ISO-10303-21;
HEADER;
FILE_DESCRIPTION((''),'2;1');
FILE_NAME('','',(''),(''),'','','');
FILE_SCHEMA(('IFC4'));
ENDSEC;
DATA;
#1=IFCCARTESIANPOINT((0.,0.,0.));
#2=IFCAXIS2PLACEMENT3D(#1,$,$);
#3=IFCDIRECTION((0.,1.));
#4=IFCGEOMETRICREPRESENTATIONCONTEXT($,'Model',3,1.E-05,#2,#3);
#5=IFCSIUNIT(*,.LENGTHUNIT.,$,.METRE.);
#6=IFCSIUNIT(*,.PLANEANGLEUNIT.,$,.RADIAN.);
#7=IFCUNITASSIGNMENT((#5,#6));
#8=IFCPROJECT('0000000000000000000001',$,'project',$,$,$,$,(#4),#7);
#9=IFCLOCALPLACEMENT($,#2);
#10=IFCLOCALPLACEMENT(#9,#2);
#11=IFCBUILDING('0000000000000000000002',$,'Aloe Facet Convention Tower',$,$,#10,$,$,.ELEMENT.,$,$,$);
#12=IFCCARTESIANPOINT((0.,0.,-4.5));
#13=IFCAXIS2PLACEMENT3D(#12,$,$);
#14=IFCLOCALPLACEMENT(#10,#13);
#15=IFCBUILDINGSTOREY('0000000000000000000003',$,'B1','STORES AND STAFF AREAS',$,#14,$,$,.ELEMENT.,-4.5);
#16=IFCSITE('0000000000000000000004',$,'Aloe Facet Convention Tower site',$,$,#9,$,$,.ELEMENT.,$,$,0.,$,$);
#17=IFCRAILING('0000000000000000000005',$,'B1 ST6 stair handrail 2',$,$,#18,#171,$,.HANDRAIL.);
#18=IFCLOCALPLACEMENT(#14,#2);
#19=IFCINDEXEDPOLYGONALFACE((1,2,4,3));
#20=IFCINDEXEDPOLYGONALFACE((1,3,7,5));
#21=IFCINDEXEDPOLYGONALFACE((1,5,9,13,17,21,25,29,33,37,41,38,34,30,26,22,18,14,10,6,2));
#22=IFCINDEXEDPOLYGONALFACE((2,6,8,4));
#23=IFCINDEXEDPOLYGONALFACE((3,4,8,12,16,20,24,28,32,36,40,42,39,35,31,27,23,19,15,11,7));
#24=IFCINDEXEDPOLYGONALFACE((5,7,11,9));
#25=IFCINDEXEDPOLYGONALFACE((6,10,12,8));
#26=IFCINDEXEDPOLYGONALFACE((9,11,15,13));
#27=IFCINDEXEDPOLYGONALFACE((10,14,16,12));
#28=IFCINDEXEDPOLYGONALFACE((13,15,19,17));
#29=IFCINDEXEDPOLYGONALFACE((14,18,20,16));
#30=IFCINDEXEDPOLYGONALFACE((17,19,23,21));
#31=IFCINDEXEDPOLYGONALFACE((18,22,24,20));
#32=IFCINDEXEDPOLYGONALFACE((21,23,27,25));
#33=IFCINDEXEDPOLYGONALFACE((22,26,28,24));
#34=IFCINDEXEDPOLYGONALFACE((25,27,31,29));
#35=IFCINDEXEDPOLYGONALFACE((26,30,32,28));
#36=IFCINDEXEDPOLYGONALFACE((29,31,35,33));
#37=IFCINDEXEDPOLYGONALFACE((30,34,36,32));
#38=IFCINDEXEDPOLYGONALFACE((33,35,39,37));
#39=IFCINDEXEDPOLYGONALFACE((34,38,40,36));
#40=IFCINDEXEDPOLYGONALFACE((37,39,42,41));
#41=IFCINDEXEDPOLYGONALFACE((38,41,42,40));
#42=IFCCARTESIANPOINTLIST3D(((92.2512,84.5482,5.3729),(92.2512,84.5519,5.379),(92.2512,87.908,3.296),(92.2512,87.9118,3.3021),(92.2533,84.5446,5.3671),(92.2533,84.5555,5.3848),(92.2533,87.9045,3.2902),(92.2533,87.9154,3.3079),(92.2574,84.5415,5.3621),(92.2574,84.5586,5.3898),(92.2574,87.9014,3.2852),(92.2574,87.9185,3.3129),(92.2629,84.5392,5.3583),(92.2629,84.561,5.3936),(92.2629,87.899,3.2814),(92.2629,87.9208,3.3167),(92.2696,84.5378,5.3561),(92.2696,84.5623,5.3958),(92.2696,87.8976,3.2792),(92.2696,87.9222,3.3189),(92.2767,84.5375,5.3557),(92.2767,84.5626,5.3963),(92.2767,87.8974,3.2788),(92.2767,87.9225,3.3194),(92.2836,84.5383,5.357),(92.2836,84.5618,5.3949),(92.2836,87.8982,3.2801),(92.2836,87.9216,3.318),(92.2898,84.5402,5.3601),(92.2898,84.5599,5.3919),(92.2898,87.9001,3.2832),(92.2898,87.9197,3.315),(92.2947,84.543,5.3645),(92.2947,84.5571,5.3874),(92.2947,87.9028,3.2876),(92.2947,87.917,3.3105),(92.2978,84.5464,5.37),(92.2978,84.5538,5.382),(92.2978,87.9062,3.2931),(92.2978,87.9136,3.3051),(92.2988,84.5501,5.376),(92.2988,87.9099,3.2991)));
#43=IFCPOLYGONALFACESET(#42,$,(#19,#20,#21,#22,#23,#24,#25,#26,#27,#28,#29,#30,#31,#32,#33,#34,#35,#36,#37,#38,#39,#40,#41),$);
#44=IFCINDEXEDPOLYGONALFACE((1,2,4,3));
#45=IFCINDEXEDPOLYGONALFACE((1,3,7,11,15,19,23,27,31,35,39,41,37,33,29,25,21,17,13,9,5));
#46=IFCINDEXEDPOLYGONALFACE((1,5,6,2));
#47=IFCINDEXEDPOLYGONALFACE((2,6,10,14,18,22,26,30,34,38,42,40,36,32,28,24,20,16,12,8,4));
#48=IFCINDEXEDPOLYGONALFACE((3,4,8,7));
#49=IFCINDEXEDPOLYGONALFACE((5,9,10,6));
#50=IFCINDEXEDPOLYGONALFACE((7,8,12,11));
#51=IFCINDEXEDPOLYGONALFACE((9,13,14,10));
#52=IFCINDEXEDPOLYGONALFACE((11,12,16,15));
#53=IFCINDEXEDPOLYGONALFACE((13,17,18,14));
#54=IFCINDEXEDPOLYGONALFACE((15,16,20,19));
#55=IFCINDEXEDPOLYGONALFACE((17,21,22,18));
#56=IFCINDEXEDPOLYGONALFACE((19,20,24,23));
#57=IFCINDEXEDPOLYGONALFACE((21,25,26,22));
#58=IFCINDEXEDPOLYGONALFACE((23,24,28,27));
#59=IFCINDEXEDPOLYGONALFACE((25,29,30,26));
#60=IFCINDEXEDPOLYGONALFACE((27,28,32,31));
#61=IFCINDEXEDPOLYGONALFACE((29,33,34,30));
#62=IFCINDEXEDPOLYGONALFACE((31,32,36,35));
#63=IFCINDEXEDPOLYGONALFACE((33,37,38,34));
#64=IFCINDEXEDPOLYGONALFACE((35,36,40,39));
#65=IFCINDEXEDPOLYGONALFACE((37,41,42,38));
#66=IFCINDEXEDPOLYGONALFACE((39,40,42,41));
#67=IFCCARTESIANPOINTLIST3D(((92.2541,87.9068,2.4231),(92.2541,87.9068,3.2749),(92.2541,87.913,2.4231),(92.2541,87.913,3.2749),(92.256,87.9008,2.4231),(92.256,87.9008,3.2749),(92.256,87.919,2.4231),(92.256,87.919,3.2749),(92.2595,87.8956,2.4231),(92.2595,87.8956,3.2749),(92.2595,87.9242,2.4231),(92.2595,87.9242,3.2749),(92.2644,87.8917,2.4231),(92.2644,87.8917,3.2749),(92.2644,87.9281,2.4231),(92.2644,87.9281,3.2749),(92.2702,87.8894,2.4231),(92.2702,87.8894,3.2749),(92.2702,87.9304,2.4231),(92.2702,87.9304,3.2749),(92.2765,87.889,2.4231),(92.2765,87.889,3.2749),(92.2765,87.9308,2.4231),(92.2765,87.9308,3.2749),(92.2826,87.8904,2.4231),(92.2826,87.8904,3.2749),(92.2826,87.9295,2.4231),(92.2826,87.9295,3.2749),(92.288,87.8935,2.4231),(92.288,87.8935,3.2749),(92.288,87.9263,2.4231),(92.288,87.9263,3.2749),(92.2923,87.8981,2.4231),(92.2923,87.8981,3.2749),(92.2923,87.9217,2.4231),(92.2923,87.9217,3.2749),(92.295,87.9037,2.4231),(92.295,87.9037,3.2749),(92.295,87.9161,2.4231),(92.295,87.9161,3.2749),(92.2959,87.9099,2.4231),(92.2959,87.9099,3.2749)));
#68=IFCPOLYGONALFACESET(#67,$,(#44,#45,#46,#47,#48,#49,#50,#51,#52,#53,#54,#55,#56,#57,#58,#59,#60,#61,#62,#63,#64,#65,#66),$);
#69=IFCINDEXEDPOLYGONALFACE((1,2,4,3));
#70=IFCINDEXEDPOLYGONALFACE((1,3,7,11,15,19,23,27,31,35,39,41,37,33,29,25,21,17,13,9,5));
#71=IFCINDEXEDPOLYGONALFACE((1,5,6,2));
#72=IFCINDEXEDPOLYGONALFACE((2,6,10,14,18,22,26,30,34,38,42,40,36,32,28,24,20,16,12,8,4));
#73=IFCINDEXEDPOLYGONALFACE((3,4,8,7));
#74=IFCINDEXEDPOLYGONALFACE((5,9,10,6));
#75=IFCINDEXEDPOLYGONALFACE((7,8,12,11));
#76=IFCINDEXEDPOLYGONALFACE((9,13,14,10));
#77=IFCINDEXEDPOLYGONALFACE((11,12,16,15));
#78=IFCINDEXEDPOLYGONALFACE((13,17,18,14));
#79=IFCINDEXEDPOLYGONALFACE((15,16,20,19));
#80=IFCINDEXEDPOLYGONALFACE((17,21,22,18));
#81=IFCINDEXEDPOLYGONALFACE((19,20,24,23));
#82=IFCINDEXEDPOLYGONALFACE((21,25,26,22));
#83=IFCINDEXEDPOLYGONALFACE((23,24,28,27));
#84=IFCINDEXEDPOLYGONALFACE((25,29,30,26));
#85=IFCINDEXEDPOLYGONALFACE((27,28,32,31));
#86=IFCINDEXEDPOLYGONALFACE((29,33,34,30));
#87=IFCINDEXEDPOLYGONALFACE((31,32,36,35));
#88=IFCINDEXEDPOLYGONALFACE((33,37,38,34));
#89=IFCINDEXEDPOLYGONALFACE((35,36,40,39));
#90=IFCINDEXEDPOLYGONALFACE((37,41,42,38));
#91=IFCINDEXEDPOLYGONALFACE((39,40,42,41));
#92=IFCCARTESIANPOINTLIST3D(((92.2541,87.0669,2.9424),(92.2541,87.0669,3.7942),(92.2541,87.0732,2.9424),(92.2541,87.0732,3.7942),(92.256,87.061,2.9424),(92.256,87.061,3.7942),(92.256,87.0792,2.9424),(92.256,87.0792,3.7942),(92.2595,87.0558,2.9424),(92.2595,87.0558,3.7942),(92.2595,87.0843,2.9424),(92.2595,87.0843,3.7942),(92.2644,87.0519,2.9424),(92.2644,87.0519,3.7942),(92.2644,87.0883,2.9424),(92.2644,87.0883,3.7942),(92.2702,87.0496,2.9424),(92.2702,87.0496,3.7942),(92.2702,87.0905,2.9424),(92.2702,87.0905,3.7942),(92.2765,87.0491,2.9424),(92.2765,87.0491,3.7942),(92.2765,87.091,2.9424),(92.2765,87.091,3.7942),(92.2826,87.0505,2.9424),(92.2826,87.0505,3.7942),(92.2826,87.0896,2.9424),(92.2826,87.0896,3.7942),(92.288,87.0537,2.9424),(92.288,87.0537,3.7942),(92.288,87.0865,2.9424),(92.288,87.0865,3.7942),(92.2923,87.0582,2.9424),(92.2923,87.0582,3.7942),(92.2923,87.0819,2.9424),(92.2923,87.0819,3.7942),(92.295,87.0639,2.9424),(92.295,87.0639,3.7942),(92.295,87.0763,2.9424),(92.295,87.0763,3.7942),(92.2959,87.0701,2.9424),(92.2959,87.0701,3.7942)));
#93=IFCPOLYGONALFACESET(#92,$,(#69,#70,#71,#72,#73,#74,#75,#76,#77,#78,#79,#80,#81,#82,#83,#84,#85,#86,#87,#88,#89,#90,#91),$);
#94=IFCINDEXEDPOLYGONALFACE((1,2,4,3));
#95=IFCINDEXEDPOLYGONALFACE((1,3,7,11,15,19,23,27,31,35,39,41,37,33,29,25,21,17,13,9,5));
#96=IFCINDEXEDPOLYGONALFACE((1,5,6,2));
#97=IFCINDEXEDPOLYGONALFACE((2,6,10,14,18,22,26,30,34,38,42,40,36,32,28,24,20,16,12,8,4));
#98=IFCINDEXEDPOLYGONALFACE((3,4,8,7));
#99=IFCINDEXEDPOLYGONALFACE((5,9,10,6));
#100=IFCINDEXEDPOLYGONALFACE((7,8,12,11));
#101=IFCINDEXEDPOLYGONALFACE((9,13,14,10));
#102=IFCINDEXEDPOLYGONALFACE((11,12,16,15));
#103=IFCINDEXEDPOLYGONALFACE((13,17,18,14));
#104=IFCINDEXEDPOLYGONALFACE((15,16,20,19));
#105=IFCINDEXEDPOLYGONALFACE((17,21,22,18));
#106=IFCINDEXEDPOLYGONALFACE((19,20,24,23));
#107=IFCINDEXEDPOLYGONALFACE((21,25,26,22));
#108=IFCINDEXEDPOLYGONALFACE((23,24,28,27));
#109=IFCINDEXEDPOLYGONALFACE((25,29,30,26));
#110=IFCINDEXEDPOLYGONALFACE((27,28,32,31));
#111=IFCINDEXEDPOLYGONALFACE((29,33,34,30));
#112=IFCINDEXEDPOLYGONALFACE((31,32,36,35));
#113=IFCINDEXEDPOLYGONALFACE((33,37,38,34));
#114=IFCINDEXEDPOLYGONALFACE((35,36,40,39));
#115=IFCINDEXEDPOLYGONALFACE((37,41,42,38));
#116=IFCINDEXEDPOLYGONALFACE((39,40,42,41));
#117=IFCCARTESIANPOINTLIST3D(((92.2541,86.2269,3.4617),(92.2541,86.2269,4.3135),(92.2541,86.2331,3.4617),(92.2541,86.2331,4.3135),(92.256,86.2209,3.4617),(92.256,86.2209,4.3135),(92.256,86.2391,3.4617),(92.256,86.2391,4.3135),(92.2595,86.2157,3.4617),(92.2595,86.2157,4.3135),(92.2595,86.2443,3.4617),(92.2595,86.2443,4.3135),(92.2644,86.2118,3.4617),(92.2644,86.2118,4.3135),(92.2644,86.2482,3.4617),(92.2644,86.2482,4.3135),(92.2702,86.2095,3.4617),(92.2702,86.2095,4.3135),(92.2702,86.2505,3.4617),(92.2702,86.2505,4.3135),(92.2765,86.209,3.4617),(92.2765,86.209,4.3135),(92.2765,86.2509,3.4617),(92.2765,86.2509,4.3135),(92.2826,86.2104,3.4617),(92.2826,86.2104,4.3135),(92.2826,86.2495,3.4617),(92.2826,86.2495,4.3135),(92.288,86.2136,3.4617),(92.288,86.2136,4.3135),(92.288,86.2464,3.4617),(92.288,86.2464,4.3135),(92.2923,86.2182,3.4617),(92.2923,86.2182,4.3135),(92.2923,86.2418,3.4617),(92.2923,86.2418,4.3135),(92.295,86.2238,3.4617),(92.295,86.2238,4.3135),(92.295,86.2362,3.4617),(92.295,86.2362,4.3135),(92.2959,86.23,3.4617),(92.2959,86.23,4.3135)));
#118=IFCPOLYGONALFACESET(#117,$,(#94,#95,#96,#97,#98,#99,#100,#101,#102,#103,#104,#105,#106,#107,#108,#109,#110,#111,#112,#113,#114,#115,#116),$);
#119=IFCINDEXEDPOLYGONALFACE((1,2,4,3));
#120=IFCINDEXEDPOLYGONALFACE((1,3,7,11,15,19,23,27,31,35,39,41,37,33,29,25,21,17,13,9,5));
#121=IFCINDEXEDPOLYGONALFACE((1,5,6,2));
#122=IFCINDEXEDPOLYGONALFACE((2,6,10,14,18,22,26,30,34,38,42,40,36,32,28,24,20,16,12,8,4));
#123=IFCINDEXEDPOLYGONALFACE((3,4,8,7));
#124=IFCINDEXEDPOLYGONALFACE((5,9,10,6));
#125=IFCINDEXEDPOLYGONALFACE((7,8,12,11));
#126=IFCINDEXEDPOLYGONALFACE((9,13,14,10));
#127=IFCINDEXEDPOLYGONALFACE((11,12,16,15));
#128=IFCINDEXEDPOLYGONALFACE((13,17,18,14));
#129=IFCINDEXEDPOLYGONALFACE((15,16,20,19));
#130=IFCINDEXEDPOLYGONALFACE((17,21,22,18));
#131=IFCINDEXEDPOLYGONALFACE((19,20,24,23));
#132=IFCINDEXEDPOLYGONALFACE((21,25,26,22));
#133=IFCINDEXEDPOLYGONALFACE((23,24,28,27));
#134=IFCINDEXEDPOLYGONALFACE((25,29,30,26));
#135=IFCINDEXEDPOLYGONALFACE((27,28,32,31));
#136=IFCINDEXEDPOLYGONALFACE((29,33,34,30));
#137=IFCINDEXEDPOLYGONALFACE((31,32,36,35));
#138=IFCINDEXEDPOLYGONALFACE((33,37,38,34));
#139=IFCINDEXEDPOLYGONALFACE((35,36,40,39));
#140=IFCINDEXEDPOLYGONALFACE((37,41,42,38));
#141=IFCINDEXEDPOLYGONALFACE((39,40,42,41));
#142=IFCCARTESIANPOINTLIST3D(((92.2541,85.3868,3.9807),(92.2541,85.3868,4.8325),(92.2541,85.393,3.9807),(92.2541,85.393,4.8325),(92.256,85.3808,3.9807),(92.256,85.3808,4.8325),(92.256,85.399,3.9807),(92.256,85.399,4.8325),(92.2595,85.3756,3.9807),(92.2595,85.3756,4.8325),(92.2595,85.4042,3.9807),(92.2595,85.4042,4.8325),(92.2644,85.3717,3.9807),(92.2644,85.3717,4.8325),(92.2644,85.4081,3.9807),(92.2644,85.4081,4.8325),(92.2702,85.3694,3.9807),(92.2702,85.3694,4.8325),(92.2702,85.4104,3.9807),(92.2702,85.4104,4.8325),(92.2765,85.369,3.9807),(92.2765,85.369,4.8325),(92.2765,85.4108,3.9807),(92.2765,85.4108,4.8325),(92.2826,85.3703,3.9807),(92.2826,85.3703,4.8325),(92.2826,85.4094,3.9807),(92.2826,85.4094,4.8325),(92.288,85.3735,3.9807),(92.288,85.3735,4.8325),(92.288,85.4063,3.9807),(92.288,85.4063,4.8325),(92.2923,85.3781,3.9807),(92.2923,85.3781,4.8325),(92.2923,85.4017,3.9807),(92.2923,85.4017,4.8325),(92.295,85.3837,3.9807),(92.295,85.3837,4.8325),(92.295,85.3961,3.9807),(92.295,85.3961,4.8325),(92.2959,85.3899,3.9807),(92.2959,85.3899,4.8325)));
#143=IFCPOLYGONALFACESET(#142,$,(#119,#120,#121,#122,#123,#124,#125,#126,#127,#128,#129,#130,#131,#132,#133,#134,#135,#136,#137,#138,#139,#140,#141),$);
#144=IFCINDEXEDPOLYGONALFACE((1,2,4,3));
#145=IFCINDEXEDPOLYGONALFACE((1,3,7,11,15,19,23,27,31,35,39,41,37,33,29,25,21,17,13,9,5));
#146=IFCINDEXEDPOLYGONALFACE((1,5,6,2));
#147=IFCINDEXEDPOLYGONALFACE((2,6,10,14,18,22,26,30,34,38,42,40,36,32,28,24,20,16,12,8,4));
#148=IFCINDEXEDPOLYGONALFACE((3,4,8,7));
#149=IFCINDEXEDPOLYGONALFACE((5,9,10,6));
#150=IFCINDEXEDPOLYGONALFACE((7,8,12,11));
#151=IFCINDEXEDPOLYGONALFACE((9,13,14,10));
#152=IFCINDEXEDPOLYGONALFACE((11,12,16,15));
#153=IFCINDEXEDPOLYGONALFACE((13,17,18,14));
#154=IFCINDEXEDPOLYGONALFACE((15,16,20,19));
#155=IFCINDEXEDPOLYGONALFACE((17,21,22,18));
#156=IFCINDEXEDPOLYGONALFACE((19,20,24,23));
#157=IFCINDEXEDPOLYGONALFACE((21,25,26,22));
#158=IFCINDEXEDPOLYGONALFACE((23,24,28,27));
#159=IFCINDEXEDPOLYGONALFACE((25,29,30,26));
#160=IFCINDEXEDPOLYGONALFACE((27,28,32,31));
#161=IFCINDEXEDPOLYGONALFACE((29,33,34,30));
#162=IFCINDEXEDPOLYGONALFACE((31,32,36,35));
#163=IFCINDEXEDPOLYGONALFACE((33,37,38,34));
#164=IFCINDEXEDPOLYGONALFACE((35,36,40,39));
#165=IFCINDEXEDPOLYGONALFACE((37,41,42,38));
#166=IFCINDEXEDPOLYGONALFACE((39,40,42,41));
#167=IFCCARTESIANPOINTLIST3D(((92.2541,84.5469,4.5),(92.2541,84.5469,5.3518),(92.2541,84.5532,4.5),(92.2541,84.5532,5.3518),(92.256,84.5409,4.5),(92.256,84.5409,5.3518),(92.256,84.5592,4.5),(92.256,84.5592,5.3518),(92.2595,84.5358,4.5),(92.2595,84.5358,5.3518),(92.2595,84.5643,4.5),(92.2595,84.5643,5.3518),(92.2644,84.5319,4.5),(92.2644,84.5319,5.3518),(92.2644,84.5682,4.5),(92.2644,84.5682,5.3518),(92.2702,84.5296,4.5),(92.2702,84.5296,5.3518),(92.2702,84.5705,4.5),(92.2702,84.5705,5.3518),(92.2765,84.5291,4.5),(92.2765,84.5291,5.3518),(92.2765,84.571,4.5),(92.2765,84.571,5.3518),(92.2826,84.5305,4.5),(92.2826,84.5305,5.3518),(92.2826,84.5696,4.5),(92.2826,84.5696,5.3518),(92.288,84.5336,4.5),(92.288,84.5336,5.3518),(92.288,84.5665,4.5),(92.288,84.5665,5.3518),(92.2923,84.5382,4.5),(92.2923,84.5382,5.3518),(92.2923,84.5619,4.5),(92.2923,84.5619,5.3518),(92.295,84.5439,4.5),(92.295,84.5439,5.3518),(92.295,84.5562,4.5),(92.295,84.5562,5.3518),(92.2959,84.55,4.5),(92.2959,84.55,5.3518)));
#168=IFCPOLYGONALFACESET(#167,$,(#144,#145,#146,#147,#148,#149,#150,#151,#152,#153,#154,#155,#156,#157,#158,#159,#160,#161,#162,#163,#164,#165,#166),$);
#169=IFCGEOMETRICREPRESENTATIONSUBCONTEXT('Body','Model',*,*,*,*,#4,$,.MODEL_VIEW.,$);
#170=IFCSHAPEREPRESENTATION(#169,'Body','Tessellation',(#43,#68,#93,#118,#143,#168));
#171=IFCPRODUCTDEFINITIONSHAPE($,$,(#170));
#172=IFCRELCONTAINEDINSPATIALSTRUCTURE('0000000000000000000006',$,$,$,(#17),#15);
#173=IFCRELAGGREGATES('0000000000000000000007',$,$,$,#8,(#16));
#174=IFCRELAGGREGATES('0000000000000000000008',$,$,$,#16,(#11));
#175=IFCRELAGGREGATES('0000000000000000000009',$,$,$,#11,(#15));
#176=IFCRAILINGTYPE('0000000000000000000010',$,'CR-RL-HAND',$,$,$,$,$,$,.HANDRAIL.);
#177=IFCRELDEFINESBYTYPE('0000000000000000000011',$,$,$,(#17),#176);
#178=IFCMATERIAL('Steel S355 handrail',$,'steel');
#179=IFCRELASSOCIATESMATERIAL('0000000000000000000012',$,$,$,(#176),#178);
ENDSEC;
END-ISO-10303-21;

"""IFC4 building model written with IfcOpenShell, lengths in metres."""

from ifc_helpers import new_model, si_unit, direction, frame, origin, origin_2d, place, context, subcontext, project, spatial, circle, extrude, material, type_object, element, save


model = new_model("IFC4")

# Units and contexts
model_context = context("Model", 3, precision=1e-05, world=origin(), true_north=direction((0.0, 1.0)))
body_context = subcontext(model_context, "Body", "Model", "MODEL_VIEW")
ifc_project = project(units=[si_unit("LENGTHUNIT", "METRE"), si_unit("PLANEANGLEUNIT", "RADIAN")], contexts=[model_context])

# Site, building, storey
site_placement = place(None, origin())
site = spatial("IfcSite", under=ifc_project, at=site_placement, Name="Aloe Facet Convention Tower site", CompositionType="ELEMENT", RefElevation=0.0)
building_placement = place(site_placement, origin())
building = spatial("IfcBuilding", under=site, at=building_placement, Name="Aloe Facet Convention Tower", CompositionType="ELEMENT")
storey_placement = place(building_placement, frame((0.0, 0.0, -4.5)))
storey = spatial("IfcBuildingStorey", under=building, at=storey_placement, Name="B1", Description="STORES AND STAFF AREAS", CompositionType="ELEMENT", Elevation=-4.5)

# Railing
ifc_material_1 = material(Name="Steel S355 handrail", Category="steel")
railing_type_1 = type_object("IfcRailingType", Name="CR-RL-HAND", PredefinedType="HANDRAIL", material=ifc_material_1)
railing_1_placement = place(storey_placement, frame((92.2749, 87.9099, 2.4231)))
element("IfcRailing", 1, at=railing_1_placement, inside=storey, type_object=railing_type_1, Name="B1 ST6 stair handrail 2", PredefinedType="HANDRAIL", context=body_context, shape_type="SweptSolid", body=[
    extrude(circle(Radius=0.0239, at=origin_2d()), frame((0.0, 0.0, 0.876), z_axis=(0.0, -0.850606, 0.525803), x_axis=(1.0, 0.0, 0.0)), (0.0, 0.0, 1.0), 3.95),
    extrude(circle(Radius=0.021, at=origin_2d()), origin(), (0.0, 0.0, 1.0), 0.8518),
    extrude(circle(Radius=0.021, at=origin_2d()), frame((0.0, -0.8398, 0.5193)), (0.0, 0.0, 1.0), 0.8518),
    extrude(circle(Radius=0.021, at=origin_2d()), frame((0.0, -1.6799, 1.0386)), (0.0, 0.0, 1.0), 0.8518),
    extrude(circle(Radius=0.021, at=origin_2d()), frame((0.0, -2.52, 1.5576)), (0.0, 0.0, 1.0), 0.8518),
    extrude(circle(Radius=0.021, at=origin_2d()), frame((0.0, -3.3599, 2.0769)), (0.0, 0.0, 1.0), 0.8518),
])

save(model, "model.ifc")
